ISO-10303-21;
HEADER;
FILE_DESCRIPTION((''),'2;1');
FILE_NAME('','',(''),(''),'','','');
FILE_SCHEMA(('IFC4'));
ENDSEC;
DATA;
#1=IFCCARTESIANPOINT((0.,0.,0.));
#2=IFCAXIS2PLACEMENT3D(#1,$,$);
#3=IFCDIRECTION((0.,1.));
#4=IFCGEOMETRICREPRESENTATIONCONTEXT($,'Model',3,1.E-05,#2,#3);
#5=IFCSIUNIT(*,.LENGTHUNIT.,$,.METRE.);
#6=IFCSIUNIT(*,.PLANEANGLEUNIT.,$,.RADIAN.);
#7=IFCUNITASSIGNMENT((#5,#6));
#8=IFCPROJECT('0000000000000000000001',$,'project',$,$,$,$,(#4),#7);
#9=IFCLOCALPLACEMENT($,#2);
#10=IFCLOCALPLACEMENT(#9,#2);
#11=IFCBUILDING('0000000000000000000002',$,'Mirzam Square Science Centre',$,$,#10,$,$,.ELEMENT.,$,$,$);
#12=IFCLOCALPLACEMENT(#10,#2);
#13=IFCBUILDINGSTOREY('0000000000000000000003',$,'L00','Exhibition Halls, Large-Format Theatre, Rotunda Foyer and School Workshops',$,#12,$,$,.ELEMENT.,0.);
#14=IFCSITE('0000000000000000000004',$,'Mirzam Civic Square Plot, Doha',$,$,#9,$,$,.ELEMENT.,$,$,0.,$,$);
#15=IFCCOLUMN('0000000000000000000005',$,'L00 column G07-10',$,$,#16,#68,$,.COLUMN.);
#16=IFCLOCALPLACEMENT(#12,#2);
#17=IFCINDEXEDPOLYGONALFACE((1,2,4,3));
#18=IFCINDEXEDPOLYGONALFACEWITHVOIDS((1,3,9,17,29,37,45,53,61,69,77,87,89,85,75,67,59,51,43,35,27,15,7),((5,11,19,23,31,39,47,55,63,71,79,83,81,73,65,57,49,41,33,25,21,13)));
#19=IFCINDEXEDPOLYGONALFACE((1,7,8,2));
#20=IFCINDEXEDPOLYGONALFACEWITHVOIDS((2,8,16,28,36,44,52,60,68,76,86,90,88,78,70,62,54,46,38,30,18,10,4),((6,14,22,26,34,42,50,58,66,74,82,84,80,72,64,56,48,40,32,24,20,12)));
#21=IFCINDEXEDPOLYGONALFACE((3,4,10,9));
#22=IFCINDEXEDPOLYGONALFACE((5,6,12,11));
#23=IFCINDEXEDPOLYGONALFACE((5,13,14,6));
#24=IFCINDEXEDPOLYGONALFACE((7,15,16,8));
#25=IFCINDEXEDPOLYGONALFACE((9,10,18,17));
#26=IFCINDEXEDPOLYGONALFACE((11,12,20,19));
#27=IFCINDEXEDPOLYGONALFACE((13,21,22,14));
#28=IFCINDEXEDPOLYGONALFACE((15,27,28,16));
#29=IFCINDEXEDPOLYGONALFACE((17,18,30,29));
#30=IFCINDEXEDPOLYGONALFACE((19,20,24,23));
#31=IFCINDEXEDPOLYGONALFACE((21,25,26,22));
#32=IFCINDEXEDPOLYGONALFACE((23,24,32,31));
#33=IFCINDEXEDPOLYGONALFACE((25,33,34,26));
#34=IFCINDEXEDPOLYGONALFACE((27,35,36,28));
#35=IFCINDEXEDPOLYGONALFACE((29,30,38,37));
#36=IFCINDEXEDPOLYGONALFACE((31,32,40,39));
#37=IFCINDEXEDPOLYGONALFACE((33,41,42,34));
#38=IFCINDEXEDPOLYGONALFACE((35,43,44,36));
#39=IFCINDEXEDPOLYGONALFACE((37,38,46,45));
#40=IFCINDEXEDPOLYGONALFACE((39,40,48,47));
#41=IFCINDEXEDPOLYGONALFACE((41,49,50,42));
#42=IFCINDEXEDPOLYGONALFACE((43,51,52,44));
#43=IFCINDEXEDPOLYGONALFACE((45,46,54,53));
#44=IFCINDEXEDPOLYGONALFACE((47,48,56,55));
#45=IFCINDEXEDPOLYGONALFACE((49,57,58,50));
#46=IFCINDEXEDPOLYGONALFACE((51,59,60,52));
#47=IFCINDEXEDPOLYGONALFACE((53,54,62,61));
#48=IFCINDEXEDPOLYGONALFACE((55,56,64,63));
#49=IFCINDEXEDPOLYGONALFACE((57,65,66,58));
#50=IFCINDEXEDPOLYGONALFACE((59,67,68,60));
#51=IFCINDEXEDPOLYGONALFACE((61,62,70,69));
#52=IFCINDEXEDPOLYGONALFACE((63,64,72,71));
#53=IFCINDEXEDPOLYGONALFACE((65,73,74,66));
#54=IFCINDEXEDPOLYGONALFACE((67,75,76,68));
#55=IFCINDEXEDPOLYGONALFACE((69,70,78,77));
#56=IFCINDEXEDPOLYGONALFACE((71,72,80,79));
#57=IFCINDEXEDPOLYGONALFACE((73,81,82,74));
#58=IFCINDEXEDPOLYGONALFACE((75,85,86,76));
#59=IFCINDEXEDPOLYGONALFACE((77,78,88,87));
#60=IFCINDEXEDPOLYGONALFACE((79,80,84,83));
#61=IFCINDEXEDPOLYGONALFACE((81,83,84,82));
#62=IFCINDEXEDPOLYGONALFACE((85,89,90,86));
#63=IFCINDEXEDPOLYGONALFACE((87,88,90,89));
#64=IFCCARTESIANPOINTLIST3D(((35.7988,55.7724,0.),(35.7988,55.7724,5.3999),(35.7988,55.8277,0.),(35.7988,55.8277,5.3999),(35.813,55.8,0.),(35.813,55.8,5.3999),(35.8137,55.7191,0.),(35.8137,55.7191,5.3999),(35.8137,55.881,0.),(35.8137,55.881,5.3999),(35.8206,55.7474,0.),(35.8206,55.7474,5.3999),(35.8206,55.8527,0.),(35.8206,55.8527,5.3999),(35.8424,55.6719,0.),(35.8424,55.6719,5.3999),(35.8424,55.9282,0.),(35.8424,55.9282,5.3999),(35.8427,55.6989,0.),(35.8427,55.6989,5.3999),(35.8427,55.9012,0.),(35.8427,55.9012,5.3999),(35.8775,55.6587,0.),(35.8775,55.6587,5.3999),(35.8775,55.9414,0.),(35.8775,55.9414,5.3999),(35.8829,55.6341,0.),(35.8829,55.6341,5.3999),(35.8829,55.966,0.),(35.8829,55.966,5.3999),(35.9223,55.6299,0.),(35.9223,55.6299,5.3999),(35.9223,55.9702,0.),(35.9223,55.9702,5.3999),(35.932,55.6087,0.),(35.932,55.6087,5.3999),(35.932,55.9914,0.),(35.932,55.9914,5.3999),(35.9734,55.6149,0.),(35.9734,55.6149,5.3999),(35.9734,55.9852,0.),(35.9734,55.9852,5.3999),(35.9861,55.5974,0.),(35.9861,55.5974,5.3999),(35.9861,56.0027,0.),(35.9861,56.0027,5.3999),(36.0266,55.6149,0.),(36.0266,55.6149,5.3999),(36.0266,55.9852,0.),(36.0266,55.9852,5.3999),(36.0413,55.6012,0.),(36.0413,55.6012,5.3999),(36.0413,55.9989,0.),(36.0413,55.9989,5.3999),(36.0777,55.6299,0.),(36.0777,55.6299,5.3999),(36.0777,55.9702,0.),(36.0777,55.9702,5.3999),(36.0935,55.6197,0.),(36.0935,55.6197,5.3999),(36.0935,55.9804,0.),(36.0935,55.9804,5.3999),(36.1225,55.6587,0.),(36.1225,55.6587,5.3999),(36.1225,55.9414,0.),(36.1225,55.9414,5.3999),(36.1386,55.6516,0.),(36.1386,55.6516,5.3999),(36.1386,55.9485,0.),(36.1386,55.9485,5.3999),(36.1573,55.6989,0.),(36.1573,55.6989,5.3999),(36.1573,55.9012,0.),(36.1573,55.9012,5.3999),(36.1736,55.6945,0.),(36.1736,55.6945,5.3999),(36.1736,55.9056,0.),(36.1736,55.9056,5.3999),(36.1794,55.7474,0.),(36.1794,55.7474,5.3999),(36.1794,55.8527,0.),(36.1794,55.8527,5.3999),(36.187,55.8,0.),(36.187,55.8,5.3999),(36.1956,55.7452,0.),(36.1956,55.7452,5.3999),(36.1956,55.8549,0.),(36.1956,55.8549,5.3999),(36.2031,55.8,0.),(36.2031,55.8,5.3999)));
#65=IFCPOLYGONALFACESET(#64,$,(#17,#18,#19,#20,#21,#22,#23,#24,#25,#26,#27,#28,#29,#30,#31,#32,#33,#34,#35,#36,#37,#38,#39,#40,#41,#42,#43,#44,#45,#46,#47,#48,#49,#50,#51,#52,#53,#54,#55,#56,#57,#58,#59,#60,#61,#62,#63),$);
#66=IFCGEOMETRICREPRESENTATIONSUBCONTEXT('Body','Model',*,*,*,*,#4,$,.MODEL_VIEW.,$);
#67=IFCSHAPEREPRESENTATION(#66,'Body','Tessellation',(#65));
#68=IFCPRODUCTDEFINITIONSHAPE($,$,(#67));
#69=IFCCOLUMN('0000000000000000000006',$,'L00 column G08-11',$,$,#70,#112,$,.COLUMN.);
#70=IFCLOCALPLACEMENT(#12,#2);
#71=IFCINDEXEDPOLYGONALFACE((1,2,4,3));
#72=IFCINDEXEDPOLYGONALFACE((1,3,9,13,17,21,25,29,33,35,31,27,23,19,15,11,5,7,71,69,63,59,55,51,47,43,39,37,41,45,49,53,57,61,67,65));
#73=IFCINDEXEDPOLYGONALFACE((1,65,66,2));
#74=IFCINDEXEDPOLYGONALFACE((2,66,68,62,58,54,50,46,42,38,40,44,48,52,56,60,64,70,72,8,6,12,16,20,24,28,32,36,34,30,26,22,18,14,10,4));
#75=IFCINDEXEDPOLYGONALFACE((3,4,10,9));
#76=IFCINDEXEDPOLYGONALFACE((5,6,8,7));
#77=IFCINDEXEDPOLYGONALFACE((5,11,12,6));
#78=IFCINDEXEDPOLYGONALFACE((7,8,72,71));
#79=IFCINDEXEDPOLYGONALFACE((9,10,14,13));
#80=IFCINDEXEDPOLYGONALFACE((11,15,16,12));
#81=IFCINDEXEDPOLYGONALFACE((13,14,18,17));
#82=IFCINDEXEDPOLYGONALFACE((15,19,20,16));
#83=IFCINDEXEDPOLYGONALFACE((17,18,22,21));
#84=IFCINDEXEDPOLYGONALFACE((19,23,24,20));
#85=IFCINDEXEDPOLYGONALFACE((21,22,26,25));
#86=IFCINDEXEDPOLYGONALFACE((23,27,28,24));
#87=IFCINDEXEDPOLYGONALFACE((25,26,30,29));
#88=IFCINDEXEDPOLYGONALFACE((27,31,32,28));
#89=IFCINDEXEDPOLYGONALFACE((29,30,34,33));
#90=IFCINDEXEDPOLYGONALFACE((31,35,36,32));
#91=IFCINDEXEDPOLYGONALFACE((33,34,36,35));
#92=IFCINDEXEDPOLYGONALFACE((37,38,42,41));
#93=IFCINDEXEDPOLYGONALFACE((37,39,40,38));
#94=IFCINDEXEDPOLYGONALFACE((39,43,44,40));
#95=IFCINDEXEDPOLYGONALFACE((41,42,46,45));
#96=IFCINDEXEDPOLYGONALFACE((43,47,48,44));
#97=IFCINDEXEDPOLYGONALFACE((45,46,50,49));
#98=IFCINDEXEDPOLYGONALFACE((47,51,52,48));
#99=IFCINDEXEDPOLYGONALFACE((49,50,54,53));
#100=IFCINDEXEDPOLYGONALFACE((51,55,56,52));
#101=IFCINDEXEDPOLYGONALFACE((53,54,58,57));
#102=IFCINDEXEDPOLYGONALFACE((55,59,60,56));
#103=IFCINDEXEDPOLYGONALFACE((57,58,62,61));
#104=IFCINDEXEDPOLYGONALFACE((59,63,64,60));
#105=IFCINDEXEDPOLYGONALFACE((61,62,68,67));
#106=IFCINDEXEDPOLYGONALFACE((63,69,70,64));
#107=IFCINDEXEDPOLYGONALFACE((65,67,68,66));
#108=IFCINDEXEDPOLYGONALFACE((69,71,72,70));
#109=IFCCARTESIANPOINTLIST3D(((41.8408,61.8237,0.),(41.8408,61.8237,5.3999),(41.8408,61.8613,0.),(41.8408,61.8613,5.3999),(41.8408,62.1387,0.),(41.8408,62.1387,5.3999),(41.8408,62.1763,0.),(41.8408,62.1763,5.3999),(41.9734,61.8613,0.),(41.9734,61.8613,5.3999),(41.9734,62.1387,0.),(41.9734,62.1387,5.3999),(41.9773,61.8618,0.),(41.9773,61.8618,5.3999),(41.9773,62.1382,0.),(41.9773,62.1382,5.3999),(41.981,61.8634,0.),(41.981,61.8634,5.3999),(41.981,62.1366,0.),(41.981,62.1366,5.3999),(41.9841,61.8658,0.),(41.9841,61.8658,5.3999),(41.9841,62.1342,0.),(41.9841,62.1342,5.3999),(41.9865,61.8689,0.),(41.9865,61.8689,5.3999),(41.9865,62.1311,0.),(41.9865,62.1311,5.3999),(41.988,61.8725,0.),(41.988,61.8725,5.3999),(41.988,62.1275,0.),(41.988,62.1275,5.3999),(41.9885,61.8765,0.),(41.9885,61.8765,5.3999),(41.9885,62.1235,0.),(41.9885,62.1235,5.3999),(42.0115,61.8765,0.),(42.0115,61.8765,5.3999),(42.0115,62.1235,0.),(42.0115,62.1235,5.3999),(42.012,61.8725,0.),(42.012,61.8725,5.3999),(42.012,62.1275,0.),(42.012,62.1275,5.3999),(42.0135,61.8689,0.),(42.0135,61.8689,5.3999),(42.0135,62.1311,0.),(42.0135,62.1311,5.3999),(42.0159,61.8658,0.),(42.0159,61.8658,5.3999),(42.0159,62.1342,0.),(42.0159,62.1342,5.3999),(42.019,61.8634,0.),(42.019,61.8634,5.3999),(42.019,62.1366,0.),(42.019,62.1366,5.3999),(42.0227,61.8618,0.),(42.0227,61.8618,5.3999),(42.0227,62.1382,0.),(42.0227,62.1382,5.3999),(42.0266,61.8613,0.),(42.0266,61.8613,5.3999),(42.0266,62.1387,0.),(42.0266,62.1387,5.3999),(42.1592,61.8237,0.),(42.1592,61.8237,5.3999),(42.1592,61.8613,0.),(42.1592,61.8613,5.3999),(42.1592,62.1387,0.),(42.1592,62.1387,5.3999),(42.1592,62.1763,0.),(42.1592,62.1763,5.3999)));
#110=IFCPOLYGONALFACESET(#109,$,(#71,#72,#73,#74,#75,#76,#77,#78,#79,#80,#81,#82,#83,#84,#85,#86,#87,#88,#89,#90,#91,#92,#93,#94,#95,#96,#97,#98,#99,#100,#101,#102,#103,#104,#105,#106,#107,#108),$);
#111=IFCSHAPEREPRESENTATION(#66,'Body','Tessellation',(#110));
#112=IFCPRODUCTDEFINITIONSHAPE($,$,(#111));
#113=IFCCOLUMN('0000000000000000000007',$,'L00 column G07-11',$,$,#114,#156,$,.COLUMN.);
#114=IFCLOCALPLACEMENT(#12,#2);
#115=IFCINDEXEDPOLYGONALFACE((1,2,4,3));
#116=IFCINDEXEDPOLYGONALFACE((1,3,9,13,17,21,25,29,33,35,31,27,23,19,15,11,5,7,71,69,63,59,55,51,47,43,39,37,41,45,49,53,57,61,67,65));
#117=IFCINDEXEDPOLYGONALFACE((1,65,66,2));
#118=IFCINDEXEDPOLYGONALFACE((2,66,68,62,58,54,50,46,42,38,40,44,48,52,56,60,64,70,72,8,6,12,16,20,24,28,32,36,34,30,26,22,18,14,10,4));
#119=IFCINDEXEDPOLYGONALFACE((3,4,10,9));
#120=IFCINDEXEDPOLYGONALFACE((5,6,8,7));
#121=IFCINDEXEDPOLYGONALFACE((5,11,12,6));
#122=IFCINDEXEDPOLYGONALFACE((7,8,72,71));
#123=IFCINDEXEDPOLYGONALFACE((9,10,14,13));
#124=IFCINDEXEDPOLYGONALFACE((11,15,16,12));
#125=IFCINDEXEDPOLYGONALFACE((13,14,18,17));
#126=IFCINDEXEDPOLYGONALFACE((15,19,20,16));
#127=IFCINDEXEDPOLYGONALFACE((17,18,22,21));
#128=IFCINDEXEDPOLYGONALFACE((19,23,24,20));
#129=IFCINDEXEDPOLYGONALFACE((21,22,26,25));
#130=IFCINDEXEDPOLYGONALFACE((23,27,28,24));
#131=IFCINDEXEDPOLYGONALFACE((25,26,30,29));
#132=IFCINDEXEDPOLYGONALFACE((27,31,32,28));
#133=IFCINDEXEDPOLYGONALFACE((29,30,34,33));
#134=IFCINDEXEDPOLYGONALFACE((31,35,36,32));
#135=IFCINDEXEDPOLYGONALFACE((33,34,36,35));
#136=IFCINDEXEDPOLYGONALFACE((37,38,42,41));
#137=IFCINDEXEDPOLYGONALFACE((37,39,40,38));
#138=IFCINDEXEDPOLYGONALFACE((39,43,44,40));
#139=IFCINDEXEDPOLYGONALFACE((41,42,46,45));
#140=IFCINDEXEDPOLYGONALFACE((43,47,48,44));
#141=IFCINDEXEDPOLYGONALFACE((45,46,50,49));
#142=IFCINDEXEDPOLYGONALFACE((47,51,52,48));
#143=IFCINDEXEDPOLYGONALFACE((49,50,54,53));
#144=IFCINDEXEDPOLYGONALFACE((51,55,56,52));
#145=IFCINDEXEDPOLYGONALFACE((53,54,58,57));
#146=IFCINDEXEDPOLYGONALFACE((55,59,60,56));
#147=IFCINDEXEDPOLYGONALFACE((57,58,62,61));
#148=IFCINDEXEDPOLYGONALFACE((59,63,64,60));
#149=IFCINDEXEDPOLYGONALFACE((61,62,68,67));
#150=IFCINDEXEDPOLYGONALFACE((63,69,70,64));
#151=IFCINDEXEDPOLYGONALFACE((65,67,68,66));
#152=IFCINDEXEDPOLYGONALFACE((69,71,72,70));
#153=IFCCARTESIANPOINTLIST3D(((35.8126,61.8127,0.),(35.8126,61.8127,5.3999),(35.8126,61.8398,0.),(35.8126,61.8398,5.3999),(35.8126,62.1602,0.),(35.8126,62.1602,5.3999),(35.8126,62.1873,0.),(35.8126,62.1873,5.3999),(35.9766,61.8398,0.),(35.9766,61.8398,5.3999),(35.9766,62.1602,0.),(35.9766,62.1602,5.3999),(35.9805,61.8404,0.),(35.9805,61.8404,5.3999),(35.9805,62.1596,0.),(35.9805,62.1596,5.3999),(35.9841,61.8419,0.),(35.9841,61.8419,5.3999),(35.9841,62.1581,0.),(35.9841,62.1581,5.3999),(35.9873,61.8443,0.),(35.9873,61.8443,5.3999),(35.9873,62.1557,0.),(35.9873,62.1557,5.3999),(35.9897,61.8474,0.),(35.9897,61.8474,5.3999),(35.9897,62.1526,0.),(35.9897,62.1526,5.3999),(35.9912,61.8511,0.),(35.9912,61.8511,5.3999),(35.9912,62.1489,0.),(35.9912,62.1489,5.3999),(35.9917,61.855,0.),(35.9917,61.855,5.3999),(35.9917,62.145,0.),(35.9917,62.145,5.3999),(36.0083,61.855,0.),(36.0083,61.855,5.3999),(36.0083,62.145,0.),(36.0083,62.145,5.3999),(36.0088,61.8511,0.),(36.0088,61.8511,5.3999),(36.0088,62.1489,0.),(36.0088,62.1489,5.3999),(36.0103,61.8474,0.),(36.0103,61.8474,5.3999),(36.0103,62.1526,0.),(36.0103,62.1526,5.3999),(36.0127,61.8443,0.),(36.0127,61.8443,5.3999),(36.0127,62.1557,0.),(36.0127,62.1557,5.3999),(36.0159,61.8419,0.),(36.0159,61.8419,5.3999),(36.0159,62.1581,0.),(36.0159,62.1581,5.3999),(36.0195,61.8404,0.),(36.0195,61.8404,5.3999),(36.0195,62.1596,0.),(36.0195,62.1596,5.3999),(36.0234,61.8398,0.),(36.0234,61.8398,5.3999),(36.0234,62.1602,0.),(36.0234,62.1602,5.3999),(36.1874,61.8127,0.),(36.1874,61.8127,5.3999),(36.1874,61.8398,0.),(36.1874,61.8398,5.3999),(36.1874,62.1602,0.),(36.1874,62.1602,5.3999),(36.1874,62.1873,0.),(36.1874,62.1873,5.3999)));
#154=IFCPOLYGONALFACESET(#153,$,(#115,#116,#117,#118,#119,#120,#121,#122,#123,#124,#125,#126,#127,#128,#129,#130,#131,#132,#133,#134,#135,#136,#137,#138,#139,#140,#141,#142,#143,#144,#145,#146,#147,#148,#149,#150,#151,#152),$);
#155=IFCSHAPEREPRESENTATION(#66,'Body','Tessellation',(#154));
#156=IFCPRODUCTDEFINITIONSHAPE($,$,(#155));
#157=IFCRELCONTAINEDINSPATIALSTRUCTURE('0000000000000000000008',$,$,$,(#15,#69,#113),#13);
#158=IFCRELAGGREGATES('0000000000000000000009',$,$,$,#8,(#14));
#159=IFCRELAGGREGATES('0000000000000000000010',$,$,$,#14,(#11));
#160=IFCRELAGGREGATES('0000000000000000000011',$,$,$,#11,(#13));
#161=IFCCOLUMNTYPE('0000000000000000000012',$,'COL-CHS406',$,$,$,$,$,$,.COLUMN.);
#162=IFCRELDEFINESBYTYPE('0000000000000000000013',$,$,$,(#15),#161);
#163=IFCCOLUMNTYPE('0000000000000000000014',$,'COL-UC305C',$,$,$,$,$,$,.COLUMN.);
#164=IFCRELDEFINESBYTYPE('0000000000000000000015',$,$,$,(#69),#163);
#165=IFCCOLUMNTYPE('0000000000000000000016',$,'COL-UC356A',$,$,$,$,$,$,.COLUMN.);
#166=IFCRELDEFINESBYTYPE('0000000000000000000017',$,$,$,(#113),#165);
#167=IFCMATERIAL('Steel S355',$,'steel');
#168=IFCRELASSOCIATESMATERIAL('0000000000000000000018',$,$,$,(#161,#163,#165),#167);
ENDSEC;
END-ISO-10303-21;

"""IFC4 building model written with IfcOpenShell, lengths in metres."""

from ifc_helpers import new_model, si_unit, direction, frame, origin, origin_2d, place, context, subcontext, project, spatial, hollow_circle, i_section, extrude, material, material_profile, profile_set, type_object, element, save


model = new_model("IFC4")

# Units and contexts
model_context = context("Model", 3, precision=1e-05, world=origin(), true_north=direction((0.0, 1.0)))
body_context = subcontext(model_context, "Body", "Model", "MODEL_VIEW")
ifc_project = project(units=[si_unit("LENGTHUNIT", "METRE"), si_unit("PLANEANGLEUNIT", "RADIAN")], contexts=[model_context])

# Site, building, storey
site_placement = place(None, origin())
site = spatial("IfcSite", under=ifc_project, at=site_placement, Name="Mirzam Civic Square Plot, Doha", CompositionType="ELEMENT", RefElevation=0.0)
building_placement = place(site_placement, origin())
building = spatial("IfcBuilding", under=site, at=building_placement, Name="Mirzam Square Science Centre", CompositionType="ELEMENT")
storey_placement = place(building_placement, origin())
storey = spatial("IfcBuildingStorey", under=building, at=storey_placement, Name="L00", Description="Exhibition Halls, Large-Format Theatre, Rotunda Foyer and School Workshops", CompositionType="ELEMENT", Elevation=0.0)

# Columns
ifc_material_1 = material(Name="Steel S355", Category="steel")
ifc_material_profile_1 = material_profile(ifc_material_1, hollow_circle(Radius=0.2031, WallThickness=0.0161, at=origin_2d()), Name="406.4x16.0CHS")
ifc_profile_set_1 = profile_set([ifc_material_profile_1], Name="Steel S355")
column_type_1 = type_object("IfcColumnType", Name="COL-CHS406", PredefinedType="COLUMN", material=ifc_profile_set_1)
column_1_placement = place(storey_placement, frame((36.0, 55.8, 0.0), z_axis=(0.0, 0.0, 1.0), x_axis=(1.0, 0.0, 0.0)))
element("IfcColumn", 1, at=column_1_placement, inside=storey, type_object=column_type_1, Name="L00 column G07-10", PredefinedType="COLUMN", context=body_context, shape_type="SweptSolid", body=[
    extrude(hollow_circle(Radius=0.2031, WallThickness=0.0161, at=origin_2d()), origin(), (0.0, 0.0, 1.0), 5.3999),
])
ifc_material_profile_2 = material_profile(ifc_material_1, i_section(OverallWidth=0.3184, OverallDepth=0.3525, WebThickness=0.0229, FlangeThickness=0.0376, FilletRadius=0.0151, at=origin_2d()), Name="305x305x240UC")
ifc_profile_set_2 = profile_set([ifc_material_profile_2], Name="Steel S355")
column_type_2 = type_object("IfcColumnType", Name="COL-UC305C", PredefinedType="COLUMN", material=ifc_profile_set_2)
column_2_placement = place(storey_placement, frame((42.0, 62.0, 0.0), z_axis=(0.0, 0.0, 1.0), x_axis=(1.0, 0.0, 0.0)))
element("IfcColumn", 2, at=column_2_placement, inside=storey, type_object=column_type_2, Name="L00 column G08-11", PredefinedType="COLUMN", context=body_context, shape_type="SweptSolid", body=[
    extrude(i_section(OverallWidth=0.3184, OverallDepth=0.3525, WebThickness=0.0229, FlangeThickness=0.0376, FilletRadius=0.0151, at=origin_2d()), origin(), (0.0, 0.0, 1.0), 5.3999),
])
ifc_material_profile_3 = material_profile(ifc_material_1, i_section(OverallWidth=0.3748, OverallDepth=0.3745, WebThickness=0.0166, FlangeThickness=0.0271, FilletRadius=0.0151, at=origin_2d()), Name="356x368x202UC")
ifc_profile_set_3 = profile_set([ifc_material_profile_3], Name="Steel S355")
column_type_3 = type_object("IfcColumnType", Name="COL-UC356A", PredefinedType="COLUMN", material=ifc_profile_set_3)
for number, where, z_axis, x_axis, name in (
    (3, (36.0, 62.0, 0.0), (0.0, 0.0, 1.0), (1.0, 0.0, 0.0), "L00 column G07-11"),
):
    element("IfcColumn", number, at=place(storey_placement, frame(where, z_axis=z_axis, x_axis=x_axis)), inside=storey, type_object=column_type_3, Name=name, PredefinedType="COLUMN", context=body_context, shape_type="SweptSolid", body=[
        extrude(i_section(OverallWidth=0.3748, OverallDepth=0.3745, WebThickness=0.0166, FlangeThickness=0.0271, FilletRadius=0.0151, at=origin_2d()), origin(), (0.0, 0.0, 1.0), 5.3999),
    ])

save(model, "model.ifc")
